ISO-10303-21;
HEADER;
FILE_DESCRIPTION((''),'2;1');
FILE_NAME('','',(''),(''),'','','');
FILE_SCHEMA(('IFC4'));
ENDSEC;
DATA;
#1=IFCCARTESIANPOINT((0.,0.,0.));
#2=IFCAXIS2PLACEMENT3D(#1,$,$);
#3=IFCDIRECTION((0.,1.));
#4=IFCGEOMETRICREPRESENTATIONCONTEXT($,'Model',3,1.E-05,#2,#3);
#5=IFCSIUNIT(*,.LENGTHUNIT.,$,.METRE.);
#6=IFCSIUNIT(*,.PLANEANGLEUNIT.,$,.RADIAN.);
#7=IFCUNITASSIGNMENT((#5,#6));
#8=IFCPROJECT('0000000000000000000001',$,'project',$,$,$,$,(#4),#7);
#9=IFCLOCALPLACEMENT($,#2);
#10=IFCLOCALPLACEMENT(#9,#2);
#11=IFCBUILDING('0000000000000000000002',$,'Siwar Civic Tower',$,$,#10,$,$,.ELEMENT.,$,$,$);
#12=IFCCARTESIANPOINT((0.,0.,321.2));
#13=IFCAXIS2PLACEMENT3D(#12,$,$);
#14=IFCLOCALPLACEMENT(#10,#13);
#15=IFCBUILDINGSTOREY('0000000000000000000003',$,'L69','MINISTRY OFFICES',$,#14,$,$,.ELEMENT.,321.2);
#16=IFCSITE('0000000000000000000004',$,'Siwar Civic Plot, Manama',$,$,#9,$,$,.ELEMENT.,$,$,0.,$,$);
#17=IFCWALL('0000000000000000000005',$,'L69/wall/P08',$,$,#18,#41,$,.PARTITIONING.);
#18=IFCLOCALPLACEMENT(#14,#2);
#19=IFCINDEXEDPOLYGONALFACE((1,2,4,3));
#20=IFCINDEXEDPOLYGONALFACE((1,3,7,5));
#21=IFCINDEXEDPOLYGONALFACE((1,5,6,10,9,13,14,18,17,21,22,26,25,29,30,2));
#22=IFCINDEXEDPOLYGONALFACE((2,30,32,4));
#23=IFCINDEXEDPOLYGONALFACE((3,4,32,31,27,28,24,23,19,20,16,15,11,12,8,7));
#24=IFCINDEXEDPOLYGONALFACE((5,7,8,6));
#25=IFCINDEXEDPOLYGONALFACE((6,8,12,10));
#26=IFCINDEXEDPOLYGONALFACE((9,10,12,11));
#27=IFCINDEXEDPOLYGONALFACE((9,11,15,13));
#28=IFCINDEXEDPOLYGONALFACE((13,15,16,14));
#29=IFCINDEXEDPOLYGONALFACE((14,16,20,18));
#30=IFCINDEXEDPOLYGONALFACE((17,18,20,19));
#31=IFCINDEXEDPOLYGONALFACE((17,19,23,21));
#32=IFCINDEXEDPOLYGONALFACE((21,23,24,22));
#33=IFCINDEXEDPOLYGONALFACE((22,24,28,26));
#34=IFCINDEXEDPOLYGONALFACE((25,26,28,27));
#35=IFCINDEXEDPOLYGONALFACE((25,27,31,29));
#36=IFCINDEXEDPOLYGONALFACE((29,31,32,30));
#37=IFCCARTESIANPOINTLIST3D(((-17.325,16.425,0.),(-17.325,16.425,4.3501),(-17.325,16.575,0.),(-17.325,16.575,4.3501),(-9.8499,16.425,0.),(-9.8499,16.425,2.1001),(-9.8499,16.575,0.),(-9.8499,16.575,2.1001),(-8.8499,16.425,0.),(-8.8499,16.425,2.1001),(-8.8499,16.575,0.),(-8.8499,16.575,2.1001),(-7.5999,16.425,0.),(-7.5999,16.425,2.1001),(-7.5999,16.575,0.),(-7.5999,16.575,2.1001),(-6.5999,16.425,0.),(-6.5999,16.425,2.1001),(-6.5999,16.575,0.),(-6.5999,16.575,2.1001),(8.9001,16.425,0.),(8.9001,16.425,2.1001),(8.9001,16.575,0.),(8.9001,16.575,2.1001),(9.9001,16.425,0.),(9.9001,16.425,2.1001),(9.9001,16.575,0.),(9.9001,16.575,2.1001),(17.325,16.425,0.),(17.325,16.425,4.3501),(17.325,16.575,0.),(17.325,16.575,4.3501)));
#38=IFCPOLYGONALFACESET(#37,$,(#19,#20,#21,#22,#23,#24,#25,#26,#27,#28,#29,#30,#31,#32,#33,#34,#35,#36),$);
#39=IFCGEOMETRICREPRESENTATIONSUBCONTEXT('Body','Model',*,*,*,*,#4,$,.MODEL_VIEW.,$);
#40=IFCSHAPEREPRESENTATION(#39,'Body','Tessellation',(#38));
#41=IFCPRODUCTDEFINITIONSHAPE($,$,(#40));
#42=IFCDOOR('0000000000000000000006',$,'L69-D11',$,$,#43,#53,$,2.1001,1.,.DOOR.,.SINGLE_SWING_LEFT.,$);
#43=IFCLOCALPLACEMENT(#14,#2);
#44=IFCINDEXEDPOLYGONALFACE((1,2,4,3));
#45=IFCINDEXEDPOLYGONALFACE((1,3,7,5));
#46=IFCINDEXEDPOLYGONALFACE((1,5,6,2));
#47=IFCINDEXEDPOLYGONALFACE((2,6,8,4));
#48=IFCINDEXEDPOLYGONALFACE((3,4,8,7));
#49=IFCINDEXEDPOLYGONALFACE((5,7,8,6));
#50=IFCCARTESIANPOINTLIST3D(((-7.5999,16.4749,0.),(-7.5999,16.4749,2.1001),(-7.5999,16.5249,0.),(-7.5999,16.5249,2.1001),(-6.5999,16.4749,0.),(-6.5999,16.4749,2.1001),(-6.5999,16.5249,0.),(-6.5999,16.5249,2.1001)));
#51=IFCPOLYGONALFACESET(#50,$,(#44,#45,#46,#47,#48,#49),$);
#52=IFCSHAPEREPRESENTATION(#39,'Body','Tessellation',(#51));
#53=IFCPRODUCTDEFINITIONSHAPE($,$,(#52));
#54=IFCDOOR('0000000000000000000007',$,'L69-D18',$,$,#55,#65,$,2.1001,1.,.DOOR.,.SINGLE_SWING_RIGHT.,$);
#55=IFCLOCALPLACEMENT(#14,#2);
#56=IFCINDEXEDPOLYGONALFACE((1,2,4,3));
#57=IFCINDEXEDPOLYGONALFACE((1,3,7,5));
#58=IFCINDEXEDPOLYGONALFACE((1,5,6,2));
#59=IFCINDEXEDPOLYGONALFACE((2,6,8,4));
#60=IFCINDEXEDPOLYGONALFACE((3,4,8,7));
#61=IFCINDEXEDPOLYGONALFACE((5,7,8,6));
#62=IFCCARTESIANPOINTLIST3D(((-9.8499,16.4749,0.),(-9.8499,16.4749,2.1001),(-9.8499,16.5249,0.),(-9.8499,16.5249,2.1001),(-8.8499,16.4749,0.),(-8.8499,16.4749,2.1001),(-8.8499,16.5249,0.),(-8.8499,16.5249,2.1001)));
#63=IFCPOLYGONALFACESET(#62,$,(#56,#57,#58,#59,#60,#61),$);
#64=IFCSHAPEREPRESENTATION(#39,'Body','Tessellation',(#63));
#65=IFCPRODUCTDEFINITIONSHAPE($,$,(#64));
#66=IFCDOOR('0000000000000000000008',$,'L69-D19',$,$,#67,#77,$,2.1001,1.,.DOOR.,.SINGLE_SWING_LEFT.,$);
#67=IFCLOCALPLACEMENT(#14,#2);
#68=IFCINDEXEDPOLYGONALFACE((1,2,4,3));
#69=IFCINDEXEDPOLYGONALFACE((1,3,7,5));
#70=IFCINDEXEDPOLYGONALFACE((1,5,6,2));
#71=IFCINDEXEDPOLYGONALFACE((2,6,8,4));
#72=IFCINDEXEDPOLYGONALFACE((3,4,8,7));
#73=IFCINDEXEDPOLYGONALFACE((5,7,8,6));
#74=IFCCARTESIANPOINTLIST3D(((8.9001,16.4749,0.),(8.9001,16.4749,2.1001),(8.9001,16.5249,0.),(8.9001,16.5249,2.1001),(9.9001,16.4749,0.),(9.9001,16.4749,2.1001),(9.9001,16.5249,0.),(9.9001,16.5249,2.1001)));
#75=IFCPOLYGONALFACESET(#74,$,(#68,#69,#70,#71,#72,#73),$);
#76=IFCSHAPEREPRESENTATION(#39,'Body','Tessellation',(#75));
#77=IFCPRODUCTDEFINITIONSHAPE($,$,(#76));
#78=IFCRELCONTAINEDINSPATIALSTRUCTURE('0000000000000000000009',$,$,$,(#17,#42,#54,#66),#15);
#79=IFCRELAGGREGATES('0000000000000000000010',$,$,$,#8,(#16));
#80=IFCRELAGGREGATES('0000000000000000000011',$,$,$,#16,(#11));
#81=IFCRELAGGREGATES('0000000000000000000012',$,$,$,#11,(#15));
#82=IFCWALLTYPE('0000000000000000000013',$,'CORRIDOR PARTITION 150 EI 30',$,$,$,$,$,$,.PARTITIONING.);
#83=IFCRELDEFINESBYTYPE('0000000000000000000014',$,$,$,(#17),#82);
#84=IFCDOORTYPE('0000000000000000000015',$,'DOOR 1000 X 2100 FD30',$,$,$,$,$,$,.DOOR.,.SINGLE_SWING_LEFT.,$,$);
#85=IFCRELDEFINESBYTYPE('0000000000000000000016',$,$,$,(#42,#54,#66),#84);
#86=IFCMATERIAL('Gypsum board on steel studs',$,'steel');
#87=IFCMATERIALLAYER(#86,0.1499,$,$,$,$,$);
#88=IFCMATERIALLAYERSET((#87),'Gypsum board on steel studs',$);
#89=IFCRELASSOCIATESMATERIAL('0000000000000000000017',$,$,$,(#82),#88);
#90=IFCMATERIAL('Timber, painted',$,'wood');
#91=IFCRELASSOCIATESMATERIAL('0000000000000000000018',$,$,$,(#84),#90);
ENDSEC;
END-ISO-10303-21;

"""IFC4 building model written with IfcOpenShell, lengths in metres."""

from ifc_helpers import new_model, si_unit, direction, frame, frame_2d, origin, place, context, subcontext, project, spatial, rectangle, extrude, material, layer, layer_set, type_object, element, fill, save


model = new_model("IFC4")

# Units and contexts
model_context = context("Model", 3, precision=1e-05, world=origin(), true_north=direction((0.0, 1.0)))
body_context = subcontext(model_context, "Body", "Model", "MODEL_VIEW")
ifc_project = project(units=[si_unit("LENGTHUNIT", "METRE"), si_unit("PLANEANGLEUNIT", "RADIAN")], contexts=[model_context])

# Site, building, storey
site_placement = place(None, origin())
site = spatial("IfcSite", under=ifc_project, at=site_placement, Name="Siwar Civic Plot, Manama", CompositionType="ELEMENT", RefElevation=0.0)
building_placement = place(site_placement, origin())
building = spatial("IfcBuilding", under=site, at=building_placement, Name="Siwar Civic Tower", CompositionType="ELEMENT")
storey_placement = place(building_placement, frame((0.0, 0.0, 321.2)))
storey = spatial("IfcBuildingStorey", under=building, at=storey_placement, Name="L69", Description="MINISTRY OFFICES", CompositionType="ELEMENT", Elevation=321.2)

# Shared definitions
ifc_material_1 = material(Name="Gypsum board on steel studs", Category="steel")
ifc_layer_1 = layer(ifc_material_1, 0.1499)
ifc_layer_set_1 = layer_set([ifc_layer_1], Name="Gypsum board on steel studs")
wall_type_1 = type_object("IfcWallType", Name="CORRIDOR PARTITION 150 EI 30", PredefinedType="PARTITIONING", material=ifc_layer_set_1)

# Wall, openings, doors
wall_1_placement = place(storey_placement, frame((-17.325, 16.5, 0.0), z_axis=(0.0, 0.0, 1.0), x_axis=(1.0, 0.0, 0.0)))
wall_1 = element("IfcWall", 1, at=wall_1_placement, inside=storey, type_object=wall_type_1, Name="L69/wall/P08", PredefinedType="PARTITIONING", context=body_context, shape_type="SweptSolid", body=[
    extrude(rectangle(XDim=34.6499, YDim=0.1499, at=frame_2d((17.325, 0.0))), origin(), (0.0, 0.0, 1.0), 4.3501),
])
opening_1_placement = place(wall_1_placement, frame((9.7251, 0.0, 0.0)))
opening_1 = element("IfcOpeningElement", 2, at=opening_1_placement, cuts=wall_1, PredefinedType="OPENING", context=body_context, shape_type="SweptSolid", body=[
    extrude(rectangle(XDim=1.0, YDim=2.1001, at=frame_2d((0.5, 1.05))), frame((0.0, 0.085, 0.0), z_axis=(0.0, -1.0, 0.0), x_axis=(1.0, 0.0, 0.0)), (0.0, 0.0, 1.0), 0.1699),
])
opening_2_placement = place(wall_1_placement, frame((7.4751, 0.0, 0.0)))
opening_2 = element("IfcOpeningElement", 3, at=opening_2_placement, cuts=wall_1, PredefinedType="OPENING", context=body_context, shape_type="SweptSolid", body=[
    extrude(rectangle(XDim=1.0, YDim=2.1001, at=frame_2d((0.5, 1.05))), frame((0.0, 0.085, 0.0), z_axis=(0.0, -1.0, 0.0), x_axis=(1.0, 0.0, 0.0)), (0.0, 0.0, 1.0), 0.1699),
])
opening_3_placement = place(wall_1_placement, frame((26.2251, 0.0, 0.0)))
opening_3 = element("IfcOpeningElement", 4, at=opening_3_placement, cuts=wall_1, PredefinedType="OPENING", context=body_context, shape_type="SweptSolid", body=[
    extrude(rectangle(XDim=1.0, YDim=2.1001, at=frame_2d((0.5, 1.05))), frame((0.0, 0.085, 0.0), z_axis=(0.0, -1.0, 0.0), x_axis=(1.0, 0.0, 0.0)), (0.0, 0.0, 1.0), 0.1699),
])
ifc_material_2 = material(Name="Timber, painted", Category="wood")
door_type = type_object("IfcDoorType", Name="DOOR 1000 X 2100 FD30", OperationType="SINGLE_SWING_LEFT", PredefinedType="DOOR", material=ifc_material_2)
door_1_placement = place(opening_1_placement, origin())
door_1 = element("IfcDoor", 5, at=door_1_placement, inside=storey, type_object=door_type, Name="L69-D11", OperationType="SINGLE_SWING_LEFT", OverallHeight=2.1001, OverallWidth=1.0, PredefinedType="DOOR", context=body_context, shape_type="SweptSolid", body=[
    extrude(rectangle(XDim=1.0, YDim=2.1001, at=frame_2d((0.5, 1.05))), frame((0.0, 0.0249, 0.0), z_axis=(0.0, -1.0, 0.0), x_axis=(1.0, 0.0, 0.0)), (0.0, 0.0, 1.0), 0.05),
])
fill(opening_1, door_1)
door_2_placement = place(opening_2_placement, origin())
door_2 = element("IfcDoor", 6, at=door_2_placement, inside=storey, type_object=door_type, Name="L69-D18", OperationType="SINGLE_SWING_RIGHT", OverallHeight=2.1001, OverallWidth=1.0, PredefinedType="DOOR", context=body_context, shape_type="SweptSolid", body=[
    extrude(rectangle(XDim=1.0, YDim=2.1001, at=frame_2d((0.5, 1.05))), frame((0.0, 0.0249, 0.0), z_axis=(0.0, -1.0, 0.0), x_axis=(1.0, 0.0, 0.0)), (0.0, 0.0, 1.0), 0.05),
])
fill(opening_2, door_2)
door_3_placement = place(opening_3_placement, origin())
door_3 = element("IfcDoor", 7, at=door_3_placement, inside=storey, type_object=door_type, Name="L69-D19", OperationType="SINGLE_SWING_LEFT", OverallHeight=2.1001, OverallWidth=1.0, PredefinedType="DOOR", context=body_context, shape_type="SweptSolid", body=[
    extrude(rectangle(XDim=1.0, YDim=2.1001, at=frame_2d((0.5, 1.05))), frame((0.0, 0.0249, 0.0), z_axis=(0.0, -1.0, 0.0), x_axis=(1.0, 0.0, 0.0)), (0.0, 0.0, 1.0), 0.05),
])
fill(opening_3, door_3)

save(model, "model.ifc")
